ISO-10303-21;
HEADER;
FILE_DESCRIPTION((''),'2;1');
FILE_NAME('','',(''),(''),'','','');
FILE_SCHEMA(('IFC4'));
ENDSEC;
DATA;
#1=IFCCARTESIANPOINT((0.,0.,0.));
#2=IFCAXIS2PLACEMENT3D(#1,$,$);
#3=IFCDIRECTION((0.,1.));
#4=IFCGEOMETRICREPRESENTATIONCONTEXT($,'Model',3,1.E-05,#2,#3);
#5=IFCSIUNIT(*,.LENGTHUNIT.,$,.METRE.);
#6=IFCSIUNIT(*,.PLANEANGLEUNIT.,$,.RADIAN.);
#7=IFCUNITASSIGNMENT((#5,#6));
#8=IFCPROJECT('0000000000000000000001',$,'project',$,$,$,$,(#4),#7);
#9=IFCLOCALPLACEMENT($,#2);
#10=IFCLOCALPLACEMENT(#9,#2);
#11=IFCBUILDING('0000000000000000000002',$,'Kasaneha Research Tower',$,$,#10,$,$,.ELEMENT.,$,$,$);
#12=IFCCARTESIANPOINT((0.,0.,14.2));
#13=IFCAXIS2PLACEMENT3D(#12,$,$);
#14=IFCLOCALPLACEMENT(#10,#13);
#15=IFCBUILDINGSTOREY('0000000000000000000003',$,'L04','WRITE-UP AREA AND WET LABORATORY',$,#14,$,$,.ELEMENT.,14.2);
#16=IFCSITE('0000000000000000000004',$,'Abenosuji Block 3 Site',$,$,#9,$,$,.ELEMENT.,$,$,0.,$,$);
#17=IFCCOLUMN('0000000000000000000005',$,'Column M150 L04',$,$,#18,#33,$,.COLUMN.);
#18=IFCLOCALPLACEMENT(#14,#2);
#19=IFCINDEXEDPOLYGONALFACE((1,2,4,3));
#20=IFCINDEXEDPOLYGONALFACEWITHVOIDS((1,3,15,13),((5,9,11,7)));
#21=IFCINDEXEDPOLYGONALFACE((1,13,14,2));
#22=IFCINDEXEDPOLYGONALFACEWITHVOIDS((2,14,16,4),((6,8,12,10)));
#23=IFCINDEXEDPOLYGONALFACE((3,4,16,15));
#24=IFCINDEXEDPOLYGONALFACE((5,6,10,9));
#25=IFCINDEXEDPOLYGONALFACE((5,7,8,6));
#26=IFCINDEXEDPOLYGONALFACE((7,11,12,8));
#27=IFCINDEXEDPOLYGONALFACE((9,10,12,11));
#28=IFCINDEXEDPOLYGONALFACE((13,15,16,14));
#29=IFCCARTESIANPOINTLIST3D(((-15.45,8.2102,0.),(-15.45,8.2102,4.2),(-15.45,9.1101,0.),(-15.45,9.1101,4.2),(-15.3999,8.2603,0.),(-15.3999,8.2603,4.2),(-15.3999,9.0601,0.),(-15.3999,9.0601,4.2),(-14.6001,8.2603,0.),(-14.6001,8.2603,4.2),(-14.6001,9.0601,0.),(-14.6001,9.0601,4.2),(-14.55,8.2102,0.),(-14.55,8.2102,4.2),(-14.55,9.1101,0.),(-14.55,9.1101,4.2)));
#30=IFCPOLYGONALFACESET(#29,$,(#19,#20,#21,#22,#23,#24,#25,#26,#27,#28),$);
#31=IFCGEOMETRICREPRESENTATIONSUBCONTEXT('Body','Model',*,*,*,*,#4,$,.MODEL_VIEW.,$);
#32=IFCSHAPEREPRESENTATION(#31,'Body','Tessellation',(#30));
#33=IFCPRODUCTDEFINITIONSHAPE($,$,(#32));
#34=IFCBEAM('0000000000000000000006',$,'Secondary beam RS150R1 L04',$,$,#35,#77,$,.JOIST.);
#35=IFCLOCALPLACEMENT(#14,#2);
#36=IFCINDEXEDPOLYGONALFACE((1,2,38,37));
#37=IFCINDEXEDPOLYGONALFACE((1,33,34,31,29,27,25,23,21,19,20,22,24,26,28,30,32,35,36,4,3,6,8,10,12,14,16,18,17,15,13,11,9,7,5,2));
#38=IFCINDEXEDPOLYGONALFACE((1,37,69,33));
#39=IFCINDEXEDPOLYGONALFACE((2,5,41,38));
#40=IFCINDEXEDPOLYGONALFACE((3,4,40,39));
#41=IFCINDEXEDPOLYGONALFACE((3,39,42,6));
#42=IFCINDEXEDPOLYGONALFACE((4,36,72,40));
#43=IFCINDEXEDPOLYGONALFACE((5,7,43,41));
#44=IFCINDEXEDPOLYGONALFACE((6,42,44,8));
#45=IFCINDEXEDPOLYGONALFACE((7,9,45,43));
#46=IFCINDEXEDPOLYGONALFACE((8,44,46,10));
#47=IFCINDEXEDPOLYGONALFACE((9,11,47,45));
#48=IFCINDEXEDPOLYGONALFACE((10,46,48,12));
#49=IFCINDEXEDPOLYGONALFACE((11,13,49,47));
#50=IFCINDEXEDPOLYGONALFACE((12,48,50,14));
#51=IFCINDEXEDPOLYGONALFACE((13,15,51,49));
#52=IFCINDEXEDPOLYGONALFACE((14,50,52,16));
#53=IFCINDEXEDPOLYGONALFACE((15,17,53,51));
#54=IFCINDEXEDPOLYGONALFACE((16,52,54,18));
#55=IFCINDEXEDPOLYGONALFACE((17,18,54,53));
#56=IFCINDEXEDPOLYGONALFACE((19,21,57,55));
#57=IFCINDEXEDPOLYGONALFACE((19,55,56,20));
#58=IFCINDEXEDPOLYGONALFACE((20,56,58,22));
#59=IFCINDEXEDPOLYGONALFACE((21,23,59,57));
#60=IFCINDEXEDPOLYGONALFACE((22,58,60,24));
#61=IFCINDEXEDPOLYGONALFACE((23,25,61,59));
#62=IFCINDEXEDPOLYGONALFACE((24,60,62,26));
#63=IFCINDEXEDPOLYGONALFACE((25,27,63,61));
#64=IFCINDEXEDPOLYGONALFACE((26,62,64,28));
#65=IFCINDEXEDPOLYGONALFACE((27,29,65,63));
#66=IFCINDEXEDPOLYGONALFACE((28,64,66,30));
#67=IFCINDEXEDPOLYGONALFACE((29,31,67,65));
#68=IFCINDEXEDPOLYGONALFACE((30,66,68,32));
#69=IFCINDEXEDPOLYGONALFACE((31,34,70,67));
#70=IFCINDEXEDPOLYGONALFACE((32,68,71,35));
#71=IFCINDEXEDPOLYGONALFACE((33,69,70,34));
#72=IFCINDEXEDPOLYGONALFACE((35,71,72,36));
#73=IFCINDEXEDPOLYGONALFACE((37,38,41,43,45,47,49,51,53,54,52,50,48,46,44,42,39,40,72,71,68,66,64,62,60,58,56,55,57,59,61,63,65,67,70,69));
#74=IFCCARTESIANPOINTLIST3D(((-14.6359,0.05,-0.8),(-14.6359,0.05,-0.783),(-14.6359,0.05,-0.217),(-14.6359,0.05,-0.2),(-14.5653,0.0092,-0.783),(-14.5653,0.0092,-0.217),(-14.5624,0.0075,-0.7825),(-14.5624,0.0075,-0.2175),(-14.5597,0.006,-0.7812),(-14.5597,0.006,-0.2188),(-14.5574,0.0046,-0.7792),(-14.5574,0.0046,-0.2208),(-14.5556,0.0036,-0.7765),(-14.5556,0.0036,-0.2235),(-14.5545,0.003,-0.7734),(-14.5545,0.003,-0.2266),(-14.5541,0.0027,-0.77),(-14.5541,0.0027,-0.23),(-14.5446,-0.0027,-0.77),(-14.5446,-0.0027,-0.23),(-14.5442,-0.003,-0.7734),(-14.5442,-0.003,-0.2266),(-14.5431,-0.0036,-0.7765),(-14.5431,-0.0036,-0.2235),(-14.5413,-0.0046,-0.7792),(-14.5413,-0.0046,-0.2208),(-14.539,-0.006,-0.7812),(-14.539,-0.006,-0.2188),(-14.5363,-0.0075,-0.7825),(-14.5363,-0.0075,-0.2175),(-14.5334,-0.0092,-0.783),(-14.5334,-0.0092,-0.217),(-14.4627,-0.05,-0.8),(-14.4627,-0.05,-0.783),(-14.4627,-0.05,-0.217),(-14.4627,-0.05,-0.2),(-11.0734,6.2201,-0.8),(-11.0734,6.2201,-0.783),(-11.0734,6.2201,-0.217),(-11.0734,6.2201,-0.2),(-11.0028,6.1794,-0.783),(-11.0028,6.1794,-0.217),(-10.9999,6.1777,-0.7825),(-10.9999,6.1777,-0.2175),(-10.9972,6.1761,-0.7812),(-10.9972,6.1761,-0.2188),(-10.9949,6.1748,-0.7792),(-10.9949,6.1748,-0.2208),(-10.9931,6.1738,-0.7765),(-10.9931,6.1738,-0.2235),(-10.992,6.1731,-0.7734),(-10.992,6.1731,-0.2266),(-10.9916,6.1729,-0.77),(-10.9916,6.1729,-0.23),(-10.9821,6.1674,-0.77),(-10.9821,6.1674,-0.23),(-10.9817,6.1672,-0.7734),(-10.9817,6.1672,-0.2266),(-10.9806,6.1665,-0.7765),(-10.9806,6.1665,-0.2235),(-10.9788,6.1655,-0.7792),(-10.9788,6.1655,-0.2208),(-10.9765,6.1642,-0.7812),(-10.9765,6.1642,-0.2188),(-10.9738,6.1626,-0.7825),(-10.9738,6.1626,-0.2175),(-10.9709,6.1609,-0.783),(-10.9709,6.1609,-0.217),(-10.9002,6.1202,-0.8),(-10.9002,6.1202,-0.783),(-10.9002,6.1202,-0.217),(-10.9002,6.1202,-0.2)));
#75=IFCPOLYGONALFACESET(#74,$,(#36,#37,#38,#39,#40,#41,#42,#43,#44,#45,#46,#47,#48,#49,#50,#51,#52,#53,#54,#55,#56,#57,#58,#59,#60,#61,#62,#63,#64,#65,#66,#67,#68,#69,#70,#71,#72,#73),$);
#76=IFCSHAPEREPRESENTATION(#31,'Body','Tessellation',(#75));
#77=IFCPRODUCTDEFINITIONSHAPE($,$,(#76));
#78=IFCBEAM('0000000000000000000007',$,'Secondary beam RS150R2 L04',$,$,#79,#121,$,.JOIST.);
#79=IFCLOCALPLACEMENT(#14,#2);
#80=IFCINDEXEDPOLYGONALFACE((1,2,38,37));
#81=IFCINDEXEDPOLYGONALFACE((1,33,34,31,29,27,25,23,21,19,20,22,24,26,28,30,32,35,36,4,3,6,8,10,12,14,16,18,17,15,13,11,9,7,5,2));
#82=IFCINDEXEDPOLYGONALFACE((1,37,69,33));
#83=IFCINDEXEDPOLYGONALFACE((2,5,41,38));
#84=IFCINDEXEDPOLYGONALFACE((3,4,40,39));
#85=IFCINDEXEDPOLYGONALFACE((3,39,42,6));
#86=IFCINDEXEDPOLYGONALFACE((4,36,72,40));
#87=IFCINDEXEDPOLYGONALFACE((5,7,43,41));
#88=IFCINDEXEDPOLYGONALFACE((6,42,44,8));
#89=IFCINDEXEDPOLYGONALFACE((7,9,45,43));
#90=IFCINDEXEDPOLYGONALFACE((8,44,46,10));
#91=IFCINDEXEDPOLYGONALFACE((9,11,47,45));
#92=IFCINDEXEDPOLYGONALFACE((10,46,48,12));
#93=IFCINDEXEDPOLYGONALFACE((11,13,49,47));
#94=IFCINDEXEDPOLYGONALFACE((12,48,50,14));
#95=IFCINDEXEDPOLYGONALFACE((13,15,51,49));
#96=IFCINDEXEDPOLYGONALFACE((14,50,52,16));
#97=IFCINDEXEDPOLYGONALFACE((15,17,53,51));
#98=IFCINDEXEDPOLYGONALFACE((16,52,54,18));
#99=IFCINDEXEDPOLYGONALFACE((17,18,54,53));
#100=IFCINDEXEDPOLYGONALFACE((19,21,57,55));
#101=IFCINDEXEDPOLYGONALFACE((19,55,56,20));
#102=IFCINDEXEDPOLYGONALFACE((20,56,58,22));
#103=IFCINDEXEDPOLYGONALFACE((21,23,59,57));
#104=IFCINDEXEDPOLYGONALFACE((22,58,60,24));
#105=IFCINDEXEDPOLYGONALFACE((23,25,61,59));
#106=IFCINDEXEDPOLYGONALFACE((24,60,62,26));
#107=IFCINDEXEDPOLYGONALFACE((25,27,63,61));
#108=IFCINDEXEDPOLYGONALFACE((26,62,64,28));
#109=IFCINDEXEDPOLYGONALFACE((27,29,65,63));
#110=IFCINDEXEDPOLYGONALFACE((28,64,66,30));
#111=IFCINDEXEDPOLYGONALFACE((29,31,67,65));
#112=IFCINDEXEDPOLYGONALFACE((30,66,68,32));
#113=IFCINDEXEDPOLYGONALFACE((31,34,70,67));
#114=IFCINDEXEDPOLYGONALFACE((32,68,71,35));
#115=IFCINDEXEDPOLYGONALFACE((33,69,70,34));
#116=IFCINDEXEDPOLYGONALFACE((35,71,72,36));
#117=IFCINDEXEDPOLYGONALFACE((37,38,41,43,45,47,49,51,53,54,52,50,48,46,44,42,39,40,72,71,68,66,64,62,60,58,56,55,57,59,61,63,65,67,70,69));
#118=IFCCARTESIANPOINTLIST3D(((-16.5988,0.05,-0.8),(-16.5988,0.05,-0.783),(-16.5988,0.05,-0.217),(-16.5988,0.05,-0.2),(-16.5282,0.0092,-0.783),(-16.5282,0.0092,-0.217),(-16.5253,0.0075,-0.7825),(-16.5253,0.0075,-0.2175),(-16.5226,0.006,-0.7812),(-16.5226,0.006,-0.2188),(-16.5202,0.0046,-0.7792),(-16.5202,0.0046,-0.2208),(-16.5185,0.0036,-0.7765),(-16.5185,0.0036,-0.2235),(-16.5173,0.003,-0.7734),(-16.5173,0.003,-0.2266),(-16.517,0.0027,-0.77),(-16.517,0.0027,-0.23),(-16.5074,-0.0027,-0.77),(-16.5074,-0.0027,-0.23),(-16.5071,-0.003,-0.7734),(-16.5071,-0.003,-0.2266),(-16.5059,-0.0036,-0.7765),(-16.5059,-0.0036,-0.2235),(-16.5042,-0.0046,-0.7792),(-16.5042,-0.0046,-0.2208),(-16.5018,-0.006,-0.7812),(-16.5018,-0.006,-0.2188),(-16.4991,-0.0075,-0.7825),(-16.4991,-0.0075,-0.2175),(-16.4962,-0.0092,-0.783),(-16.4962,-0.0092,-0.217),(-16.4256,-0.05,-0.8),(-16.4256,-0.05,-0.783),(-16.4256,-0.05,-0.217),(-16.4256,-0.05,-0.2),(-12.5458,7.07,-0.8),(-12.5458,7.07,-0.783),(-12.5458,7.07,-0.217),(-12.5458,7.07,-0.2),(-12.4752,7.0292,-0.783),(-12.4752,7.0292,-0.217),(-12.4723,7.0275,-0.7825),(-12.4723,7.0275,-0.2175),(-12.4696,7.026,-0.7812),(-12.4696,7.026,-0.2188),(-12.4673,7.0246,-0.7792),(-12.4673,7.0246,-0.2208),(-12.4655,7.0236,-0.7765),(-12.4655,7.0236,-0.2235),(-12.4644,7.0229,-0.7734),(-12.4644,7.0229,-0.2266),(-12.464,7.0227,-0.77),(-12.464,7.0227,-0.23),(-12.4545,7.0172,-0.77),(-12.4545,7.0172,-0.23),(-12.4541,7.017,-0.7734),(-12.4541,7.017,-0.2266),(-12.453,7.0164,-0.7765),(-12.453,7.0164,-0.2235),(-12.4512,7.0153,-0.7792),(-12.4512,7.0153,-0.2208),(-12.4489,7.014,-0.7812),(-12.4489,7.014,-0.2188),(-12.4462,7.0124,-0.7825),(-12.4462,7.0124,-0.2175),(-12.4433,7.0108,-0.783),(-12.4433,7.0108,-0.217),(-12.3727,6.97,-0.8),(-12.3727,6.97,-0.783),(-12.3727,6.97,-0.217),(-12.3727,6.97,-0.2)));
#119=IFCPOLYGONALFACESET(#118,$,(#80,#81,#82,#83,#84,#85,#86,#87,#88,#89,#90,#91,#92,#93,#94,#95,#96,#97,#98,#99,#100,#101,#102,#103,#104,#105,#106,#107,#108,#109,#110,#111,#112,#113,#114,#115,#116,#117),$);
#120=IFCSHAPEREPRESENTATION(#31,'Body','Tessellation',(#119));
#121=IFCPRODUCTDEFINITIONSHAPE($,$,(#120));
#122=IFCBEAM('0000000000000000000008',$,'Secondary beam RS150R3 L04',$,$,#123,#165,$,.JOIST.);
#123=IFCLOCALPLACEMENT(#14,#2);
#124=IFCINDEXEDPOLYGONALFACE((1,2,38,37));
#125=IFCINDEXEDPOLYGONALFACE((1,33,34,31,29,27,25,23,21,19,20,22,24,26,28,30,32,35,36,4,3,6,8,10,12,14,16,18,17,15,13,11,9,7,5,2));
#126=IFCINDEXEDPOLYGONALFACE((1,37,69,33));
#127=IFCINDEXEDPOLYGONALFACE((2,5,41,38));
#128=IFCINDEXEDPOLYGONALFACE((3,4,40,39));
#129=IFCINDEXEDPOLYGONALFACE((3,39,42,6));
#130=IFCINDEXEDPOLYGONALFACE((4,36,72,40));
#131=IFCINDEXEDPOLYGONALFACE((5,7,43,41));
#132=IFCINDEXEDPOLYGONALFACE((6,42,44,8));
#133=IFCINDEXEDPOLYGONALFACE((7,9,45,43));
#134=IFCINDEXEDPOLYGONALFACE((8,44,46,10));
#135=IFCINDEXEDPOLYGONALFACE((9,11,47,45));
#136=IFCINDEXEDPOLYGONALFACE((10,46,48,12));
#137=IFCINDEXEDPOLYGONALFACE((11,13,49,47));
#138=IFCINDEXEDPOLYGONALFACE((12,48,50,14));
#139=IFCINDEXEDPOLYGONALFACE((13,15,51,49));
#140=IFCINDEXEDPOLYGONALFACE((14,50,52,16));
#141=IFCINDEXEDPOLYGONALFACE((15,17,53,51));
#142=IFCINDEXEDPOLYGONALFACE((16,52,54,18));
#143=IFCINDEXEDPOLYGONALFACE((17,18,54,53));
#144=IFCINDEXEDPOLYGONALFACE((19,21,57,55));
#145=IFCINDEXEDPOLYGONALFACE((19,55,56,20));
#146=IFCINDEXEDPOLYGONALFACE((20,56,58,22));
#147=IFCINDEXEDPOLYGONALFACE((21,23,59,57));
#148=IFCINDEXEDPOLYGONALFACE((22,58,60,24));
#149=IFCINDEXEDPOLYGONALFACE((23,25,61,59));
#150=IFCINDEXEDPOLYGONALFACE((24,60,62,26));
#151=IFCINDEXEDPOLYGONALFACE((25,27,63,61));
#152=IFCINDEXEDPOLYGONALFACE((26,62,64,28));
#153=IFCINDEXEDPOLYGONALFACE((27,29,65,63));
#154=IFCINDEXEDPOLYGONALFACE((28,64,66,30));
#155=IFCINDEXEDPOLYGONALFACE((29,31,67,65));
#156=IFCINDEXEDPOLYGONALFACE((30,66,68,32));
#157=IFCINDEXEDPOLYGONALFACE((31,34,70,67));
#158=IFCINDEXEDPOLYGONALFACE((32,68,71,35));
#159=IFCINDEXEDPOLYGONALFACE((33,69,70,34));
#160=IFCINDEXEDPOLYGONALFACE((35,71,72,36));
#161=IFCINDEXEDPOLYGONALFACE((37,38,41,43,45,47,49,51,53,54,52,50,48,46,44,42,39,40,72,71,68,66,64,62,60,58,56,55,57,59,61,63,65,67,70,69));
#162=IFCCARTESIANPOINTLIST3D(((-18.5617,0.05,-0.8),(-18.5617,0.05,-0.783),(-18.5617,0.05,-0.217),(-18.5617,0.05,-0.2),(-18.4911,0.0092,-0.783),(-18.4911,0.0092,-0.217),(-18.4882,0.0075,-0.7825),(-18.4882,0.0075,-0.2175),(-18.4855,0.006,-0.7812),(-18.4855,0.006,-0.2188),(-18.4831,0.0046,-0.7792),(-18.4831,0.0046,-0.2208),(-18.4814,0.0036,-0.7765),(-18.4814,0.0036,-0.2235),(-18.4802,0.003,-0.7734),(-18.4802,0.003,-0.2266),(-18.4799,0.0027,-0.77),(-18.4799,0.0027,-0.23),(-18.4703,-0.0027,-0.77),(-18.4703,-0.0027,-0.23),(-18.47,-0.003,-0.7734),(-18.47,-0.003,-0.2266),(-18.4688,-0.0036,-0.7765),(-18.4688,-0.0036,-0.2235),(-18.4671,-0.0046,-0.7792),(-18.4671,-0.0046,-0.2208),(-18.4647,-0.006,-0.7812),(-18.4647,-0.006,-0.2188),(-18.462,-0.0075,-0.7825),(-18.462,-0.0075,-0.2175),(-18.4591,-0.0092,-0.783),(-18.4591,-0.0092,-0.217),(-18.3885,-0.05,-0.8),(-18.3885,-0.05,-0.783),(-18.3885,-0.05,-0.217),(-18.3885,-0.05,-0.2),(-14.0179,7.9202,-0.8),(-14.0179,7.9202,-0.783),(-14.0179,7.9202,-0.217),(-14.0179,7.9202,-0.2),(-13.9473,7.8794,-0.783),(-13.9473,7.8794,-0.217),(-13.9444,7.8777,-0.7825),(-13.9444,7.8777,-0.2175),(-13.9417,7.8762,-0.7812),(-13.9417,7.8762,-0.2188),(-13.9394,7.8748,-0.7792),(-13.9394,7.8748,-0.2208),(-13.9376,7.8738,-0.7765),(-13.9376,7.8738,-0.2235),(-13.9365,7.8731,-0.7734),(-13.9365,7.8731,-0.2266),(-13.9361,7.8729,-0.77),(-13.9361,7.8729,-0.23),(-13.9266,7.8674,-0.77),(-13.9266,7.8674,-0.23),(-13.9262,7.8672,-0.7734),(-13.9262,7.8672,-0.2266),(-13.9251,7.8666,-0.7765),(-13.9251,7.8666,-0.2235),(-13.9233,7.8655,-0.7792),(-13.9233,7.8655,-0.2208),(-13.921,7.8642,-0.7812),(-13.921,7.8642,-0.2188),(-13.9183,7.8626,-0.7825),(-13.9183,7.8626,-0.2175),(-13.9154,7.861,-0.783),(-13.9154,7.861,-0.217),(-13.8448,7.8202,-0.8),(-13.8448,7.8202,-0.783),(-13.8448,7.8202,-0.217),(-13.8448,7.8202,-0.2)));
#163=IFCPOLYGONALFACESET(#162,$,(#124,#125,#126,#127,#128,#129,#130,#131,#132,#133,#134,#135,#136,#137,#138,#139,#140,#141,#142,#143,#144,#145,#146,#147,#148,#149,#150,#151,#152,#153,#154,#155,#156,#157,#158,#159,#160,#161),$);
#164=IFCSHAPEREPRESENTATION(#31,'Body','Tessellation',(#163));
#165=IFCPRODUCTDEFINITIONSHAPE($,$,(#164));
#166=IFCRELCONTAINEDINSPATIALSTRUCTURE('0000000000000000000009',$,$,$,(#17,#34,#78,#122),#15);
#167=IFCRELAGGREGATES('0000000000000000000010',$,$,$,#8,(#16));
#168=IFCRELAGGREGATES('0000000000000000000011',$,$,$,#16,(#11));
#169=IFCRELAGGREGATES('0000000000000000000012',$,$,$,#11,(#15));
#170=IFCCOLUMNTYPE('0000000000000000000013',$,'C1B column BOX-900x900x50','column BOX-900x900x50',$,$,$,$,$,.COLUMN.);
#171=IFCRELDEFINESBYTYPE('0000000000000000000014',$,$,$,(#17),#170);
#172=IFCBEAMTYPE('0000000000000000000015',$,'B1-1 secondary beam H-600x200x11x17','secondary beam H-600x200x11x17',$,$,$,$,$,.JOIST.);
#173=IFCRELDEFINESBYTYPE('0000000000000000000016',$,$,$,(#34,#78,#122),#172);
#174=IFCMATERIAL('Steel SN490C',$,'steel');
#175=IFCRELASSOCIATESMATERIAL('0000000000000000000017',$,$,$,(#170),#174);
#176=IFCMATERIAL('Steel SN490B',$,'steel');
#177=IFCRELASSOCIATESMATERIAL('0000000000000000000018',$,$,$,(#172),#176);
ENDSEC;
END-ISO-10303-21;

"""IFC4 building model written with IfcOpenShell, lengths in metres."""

from ifc_helpers import new_model, si_unit, direction, frame, origin, origin_2d, place, context, subcontext, project, spatial, hollow_rectangle, i_section, extrude, material, material_profile, profile_set, type_object, element, save


model = new_model("IFC4")

# Units and contexts
model_context = context("Model", 3, precision=1e-05, world=origin(), true_north=direction((0.0, 1.0)))
body_context = subcontext(model_context, "Body", "Model", "MODEL_VIEW")
ifc_project = project(units=[si_unit("LENGTHUNIT", "METRE"), si_unit("PLANEANGLEUNIT", "RADIAN")], contexts=[model_context])

# Site, building, storey
site_placement = place(None, origin())
site = spatial("IfcSite", under=ifc_project, at=site_placement, Name="Abenosuji Block 3 Site", CompositionType="ELEMENT", RefElevation=0.0)
building_placement = place(site_placement, origin())
building = spatial("IfcBuilding", under=site, at=building_placement, Name="Kasaneha Research Tower", CompositionType="ELEMENT")
storey_placement = place(building_placement, frame((0.0, 0.0, 14.2)))
storey = spatial("IfcBuildingStorey", under=building, at=storey_placement, Name="L04", Description="WRITE-UP AREA AND WET LABORATORY", CompositionType="ELEMENT", Elevation=14.2)

# Column
ifc_material_1 = material(Name="Steel SN490C", Category="steel")
ifc_material_profile_1 = material_profile(ifc_material_1, hollow_rectangle(XDim=0.8999, YDim=0.8999, WallThickness=0.05, at=origin_2d()), Name="BOX-900x900x50")
ifc_profile_set_1 = profile_set([ifc_material_profile_1], Name="Steel SN490C")
column_type = type_object("IfcColumnType", Name="C1B column BOX-900x900x50", Description="column BOX-900x900x50", PredefinedType="COLUMN", material=ifc_profile_set_1)
column_placement = place(storey_placement, frame((-15.0, 8.6602, 0.0), z_axis=(0.0, 0.0, 1.0), x_axis=(1.0, 0.0, 0.0)))
element("IfcColumn", 1, at=column_placement, inside=storey, type_object=column_type, Name="Column M150 L04", PredefinedType="COLUMN", context=body_context, shape_type="SweptSolid", body=[
    extrude(hollow_rectangle(XDim=0.8999, YDim=0.8999, WallThickness=0.05, at=origin_2d()), origin(), (0.0, 0.0, 1.0), 4.2),
])

# Beams
ifc_material_2 = material(Name="Steel SN490B", Category="steel")
ifc_material_profile_2 = material_profile(ifc_material_2, i_section(OverallWidth=0.2, OverallDepth=0.6001, WebThickness=0.011, FlangeThickness=0.0171, FilletRadius=0.0129, at=origin_2d()), Name="H-600x200x11x17")
ifc_profile_set_2 = profile_set([ifc_material_profile_2], Name="Steel SN490B")
beam_type_1 = type_object("IfcBeamType", Name="B1-1 secondary beam H-600x200x11x17", Description="secondary beam H-600x200x11x17", PredefinedType="JOIST", material=ifc_profile_set_2)
beam_1_placement = place(storey_placement, frame((-14.5493, 0.0, -0.5), z_axis=(0.500016, 0.866016, 0.0), x_axis=(-0.866016, 0.500016, 0.0)))
element("IfcBeam", 2, at=beam_1_placement, inside=storey, type_object=beam_type_1, Name="Secondary beam RS150R1 L04", PredefinedType="JOIST", context=body_context, shape_type="SweptSolid", body=[
    extrude(i_section(OverallWidth=0.2, OverallDepth=0.6001, WebThickness=0.011, FlangeThickness=0.0171, FilletRadius=0.0129, at=origin_2d()), origin(), (0.0, 0.0, 1.0), 7.1248),
])
beam_2_placement = place(storey_placement, frame((-16.5122, 0.0, -0.5), z_axis=(0.499997, 0.866027, 0.0), x_axis=(-0.866027, 0.499997, 0.0)))
element("IfcBeam", 3, at=beam_2_placement, inside=storey, type_object=beam_type_1, Name="Secondary beam RS150R2 L04", PredefinedType="JOIST", context=body_context, shape_type="SweptSolid", body=[
    extrude(i_section(OverallWidth=0.2, OverallDepth=0.6001, WebThickness=0.011, FlangeThickness=0.0171, FilletRadius=0.0129, at=origin_2d()), origin(), (0.0, 0.0, 1.0), 8.106),
])
beam_3_placement = place(storey_placement, frame((-18.4751, 0.0, -0.5), z_axis=(0.499991, 0.866031, 0.0), x_axis=(-0.866031, 0.499991, 0.0)))
element("IfcBeam", 4, at=beam_3_placement, inside=storey, type_object=beam_type_1, Name="Secondary beam RS150R3 L04", PredefinedType="JOIST", context=body_context, shape_type="SweptSolid", body=[
    extrude(i_section(OverallWidth=0.2, OverallDepth=0.6001, WebThickness=0.011, FlangeThickness=0.0171, FilletRadius=0.0129, at=origin_2d()), origin(), (0.0, 0.0, 1.0), 9.0876),
])

save(model, "model.ifc")
